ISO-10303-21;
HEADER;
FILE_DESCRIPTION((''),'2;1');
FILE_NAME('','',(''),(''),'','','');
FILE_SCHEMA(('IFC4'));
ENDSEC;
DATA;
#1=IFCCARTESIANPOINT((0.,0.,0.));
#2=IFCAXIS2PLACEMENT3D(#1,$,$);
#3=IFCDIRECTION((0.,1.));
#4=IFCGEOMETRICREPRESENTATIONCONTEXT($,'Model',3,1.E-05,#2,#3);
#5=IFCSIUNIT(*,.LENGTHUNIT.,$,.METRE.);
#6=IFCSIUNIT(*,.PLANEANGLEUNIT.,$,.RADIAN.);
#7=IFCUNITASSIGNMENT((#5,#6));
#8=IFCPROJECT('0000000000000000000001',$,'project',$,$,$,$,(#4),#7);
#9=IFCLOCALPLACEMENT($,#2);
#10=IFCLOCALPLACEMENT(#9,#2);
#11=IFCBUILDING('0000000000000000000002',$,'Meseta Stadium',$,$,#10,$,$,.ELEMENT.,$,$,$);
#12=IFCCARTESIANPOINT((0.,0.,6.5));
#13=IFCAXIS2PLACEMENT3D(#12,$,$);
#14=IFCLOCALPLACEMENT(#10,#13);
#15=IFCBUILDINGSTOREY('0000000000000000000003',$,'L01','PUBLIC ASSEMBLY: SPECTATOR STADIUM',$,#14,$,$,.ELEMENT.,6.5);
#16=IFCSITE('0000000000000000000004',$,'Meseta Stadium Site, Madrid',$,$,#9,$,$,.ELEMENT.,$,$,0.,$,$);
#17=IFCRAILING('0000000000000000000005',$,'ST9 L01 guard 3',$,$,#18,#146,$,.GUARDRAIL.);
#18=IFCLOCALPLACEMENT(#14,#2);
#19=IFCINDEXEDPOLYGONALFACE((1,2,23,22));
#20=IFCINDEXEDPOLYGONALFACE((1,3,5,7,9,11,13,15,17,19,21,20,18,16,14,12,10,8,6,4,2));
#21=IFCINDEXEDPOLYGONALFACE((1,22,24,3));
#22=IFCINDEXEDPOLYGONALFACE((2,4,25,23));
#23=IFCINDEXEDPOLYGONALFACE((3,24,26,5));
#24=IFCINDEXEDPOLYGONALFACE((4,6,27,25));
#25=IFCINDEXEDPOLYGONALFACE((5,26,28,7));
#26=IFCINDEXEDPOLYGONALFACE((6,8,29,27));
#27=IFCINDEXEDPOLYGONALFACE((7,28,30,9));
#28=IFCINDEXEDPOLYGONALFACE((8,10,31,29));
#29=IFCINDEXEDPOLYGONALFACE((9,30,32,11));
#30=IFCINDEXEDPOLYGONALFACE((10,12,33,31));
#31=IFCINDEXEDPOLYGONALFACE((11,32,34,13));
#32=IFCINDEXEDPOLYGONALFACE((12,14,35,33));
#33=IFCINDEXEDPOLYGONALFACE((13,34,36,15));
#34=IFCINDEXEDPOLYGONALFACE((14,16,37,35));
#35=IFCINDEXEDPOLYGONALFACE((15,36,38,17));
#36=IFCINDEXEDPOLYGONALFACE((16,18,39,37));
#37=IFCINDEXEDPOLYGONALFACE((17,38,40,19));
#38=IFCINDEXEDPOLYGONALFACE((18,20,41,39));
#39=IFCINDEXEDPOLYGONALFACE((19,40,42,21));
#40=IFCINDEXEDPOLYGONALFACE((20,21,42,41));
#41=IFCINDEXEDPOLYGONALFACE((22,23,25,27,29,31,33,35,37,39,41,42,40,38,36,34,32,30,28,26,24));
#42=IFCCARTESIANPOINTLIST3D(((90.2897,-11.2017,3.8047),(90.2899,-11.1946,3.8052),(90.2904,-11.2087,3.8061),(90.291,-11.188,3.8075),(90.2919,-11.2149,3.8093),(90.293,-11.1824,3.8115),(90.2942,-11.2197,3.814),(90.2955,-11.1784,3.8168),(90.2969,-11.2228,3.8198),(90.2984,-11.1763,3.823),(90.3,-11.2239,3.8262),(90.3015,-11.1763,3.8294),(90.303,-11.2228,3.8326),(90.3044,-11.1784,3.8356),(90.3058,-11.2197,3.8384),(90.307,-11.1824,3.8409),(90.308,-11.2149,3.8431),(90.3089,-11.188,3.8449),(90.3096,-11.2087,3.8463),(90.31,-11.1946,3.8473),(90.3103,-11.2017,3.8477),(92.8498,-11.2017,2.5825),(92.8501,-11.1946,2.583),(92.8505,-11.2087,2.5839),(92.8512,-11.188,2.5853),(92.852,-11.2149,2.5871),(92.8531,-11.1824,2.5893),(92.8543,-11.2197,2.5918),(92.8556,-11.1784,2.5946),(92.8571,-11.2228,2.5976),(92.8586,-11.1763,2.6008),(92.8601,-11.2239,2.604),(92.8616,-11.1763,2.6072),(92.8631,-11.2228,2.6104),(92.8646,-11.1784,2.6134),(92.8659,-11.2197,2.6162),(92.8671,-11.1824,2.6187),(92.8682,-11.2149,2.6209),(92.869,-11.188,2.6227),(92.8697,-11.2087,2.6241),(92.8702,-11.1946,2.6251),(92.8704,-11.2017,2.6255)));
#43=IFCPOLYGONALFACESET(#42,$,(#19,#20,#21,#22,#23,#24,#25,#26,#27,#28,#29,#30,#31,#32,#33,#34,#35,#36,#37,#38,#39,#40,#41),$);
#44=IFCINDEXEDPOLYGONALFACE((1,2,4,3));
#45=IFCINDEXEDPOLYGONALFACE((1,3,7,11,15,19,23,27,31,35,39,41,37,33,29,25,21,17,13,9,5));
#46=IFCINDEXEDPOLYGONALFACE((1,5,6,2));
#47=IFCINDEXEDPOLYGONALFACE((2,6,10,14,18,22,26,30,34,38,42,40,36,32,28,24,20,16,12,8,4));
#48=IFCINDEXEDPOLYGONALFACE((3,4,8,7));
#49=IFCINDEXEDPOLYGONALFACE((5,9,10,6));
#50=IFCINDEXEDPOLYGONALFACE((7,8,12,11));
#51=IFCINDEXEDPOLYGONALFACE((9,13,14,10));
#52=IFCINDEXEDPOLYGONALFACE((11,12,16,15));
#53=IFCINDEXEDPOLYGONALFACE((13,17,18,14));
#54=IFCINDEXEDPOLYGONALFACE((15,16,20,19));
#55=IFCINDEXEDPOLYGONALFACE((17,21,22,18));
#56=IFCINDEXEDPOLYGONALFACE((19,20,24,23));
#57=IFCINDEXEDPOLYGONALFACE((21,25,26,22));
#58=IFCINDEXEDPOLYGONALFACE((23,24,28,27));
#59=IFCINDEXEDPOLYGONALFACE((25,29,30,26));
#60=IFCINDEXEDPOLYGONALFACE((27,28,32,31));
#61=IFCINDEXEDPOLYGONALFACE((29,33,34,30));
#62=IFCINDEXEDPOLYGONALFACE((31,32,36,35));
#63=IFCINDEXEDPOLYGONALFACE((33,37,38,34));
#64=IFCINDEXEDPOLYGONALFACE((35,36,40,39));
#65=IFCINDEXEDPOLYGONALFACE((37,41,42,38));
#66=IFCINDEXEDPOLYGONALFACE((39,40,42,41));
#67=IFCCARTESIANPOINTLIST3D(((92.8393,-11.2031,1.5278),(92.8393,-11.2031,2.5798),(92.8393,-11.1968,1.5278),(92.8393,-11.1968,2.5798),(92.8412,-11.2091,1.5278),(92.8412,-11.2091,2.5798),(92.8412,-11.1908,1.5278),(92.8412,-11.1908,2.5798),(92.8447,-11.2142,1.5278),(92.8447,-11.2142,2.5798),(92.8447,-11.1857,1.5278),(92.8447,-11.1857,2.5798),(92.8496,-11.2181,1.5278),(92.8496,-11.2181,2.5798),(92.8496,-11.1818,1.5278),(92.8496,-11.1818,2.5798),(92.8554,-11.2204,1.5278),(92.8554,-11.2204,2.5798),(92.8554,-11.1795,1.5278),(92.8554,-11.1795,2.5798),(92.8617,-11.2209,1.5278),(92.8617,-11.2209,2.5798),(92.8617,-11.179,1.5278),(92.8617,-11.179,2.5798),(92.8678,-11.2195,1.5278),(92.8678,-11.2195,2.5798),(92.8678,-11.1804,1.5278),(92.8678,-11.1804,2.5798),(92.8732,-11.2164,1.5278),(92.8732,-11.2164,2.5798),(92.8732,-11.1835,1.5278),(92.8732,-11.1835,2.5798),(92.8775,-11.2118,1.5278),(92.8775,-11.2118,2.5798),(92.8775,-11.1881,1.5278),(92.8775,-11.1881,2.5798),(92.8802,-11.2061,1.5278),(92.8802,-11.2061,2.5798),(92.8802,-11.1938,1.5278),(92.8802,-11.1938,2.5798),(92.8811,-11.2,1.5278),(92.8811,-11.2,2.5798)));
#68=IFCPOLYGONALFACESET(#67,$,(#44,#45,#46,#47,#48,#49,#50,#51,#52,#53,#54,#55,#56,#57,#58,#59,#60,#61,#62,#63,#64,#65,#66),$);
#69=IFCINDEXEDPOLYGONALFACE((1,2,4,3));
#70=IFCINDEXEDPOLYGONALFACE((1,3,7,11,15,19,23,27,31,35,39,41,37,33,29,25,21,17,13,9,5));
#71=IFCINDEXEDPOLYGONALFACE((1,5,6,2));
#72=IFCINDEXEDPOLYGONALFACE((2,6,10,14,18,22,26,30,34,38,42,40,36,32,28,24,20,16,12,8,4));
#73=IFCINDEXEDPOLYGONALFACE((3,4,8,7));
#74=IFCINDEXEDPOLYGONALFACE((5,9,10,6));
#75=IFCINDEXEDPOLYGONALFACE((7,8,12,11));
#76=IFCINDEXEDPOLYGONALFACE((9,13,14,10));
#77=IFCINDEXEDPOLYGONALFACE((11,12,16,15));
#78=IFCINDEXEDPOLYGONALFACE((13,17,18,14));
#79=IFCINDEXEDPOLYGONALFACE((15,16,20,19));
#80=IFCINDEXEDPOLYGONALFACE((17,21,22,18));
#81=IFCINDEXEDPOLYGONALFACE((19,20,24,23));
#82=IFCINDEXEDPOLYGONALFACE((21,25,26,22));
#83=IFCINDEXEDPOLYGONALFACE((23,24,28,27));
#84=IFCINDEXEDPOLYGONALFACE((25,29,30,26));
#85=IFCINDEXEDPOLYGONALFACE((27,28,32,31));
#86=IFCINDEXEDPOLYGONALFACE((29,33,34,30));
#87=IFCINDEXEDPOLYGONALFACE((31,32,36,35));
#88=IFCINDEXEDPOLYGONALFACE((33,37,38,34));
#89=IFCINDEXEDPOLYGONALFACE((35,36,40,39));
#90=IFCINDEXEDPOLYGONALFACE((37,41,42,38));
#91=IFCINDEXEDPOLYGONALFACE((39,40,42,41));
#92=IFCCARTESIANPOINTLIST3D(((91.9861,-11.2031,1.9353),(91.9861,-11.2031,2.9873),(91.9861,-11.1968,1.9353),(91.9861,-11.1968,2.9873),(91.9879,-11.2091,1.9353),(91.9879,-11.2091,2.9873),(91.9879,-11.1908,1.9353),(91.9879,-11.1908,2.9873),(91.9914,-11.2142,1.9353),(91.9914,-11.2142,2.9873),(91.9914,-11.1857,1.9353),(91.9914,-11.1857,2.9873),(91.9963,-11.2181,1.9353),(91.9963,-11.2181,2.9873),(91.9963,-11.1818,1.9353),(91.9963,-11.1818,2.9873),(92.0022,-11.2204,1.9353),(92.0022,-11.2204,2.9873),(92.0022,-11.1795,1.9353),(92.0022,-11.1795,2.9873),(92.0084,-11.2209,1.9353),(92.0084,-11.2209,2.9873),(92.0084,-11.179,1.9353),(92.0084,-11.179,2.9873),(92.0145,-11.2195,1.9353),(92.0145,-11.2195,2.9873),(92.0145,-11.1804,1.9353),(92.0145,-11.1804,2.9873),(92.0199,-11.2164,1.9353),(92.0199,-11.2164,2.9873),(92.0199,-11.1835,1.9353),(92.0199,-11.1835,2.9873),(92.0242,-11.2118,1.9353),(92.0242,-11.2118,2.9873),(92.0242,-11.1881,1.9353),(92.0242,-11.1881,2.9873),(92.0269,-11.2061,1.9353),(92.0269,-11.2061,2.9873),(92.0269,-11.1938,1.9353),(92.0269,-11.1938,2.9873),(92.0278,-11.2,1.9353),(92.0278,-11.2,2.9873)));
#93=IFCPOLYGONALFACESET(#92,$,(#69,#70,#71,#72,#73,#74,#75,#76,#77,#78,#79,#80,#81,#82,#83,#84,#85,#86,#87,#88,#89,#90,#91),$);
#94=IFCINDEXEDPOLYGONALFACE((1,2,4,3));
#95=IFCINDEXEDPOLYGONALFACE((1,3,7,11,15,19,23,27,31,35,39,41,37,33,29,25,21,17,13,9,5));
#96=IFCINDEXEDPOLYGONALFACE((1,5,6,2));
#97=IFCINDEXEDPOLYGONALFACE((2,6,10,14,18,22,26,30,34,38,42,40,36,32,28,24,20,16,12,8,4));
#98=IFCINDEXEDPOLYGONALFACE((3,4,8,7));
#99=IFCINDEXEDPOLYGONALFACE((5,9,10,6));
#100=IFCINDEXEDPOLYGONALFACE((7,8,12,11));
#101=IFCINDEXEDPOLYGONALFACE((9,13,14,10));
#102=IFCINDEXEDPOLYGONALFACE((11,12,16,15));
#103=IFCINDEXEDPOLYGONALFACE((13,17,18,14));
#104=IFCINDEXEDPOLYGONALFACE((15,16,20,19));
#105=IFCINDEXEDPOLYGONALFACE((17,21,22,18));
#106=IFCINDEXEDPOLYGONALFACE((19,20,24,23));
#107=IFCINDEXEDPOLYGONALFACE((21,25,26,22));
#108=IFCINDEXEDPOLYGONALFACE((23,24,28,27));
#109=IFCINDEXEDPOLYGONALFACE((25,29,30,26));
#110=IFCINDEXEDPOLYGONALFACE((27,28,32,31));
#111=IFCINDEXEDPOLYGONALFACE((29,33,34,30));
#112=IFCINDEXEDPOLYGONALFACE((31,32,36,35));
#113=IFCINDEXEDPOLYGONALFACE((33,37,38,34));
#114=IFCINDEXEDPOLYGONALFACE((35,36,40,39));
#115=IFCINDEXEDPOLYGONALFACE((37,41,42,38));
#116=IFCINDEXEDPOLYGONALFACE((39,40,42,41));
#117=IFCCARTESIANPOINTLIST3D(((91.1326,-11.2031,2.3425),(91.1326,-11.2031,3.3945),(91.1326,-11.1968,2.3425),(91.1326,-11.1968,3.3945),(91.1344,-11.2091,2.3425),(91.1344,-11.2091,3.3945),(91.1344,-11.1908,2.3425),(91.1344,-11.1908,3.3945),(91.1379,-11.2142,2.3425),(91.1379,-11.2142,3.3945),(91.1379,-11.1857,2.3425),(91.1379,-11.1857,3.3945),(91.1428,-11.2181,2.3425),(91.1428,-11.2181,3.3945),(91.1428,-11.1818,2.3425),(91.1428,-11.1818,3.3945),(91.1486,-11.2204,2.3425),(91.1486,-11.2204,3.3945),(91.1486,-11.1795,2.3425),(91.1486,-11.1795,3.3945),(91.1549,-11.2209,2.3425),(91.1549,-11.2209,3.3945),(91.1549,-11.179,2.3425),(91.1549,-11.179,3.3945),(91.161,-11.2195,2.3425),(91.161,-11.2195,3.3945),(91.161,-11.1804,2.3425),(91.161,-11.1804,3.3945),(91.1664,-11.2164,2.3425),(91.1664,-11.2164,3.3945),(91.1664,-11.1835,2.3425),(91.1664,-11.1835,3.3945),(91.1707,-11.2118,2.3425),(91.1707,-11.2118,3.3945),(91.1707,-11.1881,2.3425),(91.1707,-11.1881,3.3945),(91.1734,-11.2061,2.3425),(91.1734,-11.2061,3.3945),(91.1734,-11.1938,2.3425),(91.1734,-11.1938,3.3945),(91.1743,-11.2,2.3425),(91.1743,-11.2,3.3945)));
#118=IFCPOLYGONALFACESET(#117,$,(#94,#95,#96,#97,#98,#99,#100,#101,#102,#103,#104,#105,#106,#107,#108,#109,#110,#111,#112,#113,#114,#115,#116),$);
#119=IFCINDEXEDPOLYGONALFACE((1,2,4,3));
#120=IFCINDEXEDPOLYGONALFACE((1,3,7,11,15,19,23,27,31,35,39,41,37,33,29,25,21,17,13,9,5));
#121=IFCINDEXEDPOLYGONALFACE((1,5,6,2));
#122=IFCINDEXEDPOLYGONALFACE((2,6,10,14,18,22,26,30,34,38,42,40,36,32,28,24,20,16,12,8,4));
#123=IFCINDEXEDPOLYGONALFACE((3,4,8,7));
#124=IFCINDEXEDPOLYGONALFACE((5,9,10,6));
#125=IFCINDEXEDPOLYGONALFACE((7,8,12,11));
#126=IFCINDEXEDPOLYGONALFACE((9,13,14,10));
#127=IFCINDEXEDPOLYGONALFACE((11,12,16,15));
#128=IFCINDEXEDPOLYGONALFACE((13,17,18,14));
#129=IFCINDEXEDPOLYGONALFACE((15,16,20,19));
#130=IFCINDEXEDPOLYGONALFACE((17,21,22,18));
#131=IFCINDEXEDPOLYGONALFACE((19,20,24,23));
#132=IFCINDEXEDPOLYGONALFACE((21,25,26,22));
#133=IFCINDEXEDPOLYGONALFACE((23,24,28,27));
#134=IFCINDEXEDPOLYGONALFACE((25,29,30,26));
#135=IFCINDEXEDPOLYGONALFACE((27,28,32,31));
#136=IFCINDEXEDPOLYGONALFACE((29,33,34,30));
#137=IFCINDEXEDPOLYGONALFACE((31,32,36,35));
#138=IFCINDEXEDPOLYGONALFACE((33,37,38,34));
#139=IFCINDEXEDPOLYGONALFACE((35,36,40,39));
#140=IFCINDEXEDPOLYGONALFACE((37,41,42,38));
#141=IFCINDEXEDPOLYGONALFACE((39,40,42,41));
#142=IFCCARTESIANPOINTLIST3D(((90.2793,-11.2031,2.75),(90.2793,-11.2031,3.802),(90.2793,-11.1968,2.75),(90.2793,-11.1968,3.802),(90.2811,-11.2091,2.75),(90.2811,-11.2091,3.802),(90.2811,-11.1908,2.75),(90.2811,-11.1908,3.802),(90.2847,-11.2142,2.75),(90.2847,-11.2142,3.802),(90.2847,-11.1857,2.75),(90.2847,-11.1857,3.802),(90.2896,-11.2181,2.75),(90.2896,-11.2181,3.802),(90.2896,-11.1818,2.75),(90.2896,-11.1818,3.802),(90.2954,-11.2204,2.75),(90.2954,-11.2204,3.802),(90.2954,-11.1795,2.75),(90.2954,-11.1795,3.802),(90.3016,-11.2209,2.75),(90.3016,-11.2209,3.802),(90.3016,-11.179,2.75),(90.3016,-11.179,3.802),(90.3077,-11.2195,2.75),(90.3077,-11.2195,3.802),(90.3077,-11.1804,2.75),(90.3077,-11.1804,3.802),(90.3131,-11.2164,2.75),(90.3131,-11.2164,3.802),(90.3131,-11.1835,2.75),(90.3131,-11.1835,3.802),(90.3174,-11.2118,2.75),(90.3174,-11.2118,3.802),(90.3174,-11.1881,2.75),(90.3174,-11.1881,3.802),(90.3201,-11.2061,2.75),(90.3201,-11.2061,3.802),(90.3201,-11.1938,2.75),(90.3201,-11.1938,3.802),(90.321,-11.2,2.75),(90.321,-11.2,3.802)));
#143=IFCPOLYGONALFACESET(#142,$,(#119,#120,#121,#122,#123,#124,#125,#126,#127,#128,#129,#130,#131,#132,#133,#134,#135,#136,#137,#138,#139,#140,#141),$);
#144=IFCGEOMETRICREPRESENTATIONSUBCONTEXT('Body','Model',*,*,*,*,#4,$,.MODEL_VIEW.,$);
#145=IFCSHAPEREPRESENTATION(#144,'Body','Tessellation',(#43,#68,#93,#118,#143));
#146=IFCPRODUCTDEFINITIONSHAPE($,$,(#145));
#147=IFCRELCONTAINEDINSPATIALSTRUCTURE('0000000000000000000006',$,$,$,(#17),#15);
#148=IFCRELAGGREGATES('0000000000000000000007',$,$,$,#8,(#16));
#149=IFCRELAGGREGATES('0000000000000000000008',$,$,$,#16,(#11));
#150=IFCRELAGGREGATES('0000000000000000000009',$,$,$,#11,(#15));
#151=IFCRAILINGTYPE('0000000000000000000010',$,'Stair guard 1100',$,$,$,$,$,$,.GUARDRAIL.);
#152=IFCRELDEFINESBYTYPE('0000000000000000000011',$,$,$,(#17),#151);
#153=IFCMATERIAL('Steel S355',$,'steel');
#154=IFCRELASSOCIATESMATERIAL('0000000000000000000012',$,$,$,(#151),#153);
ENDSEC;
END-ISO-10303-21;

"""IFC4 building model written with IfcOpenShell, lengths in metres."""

from ifc_helpers import new_model, si_unit, direction, frame, origin, origin_2d, place, context, subcontext, project, spatial, circle, extrude, material, type_object, element, save


model = new_model("IFC4")

# Units and contexts
model_context = context("Model", 3, precision=1e-05, world=origin(), true_north=direction((0.0, 1.0)))
body_context = subcontext(model_context, "Body", "Model", "MODEL_VIEW")
ifc_project = project(units=[si_unit("LENGTHUNIT", "METRE"), si_unit("PLANEANGLEUNIT", "RADIAN")], contexts=[model_context])

# Site, building, storey
site_placement = place(None, origin())
site = spatial("IfcSite", under=ifc_project, at=site_placement, Name="Meseta Stadium Site, Madrid", CompositionType="ELEMENT", RefElevation=0.0)
building_placement = place(site_placement, origin())
building = spatial("IfcBuilding", under=site, at=building_placement, Name="Meseta Stadium", CompositionType="ELEMENT")
storey_placement = place(building_placement, frame((0.0, 0.0, 6.5)))
storey = spatial("IfcBuildingStorey", under=building, at=storey_placement, Name="L01", Description="PUBLIC ASSEMBLY: SPECTATOR STADIUM", CompositionType="ELEMENT", Elevation=6.5)

# Railing
ifc_material_1 = material(Name="Steel S355", Category="steel")
railing_type_1 = type_object("IfcRailingType", Name="Stair guard 1100", PredefinedType="GUARDRAIL", material=ifc_material_1)
railing_1_placement = place(storey_placement, frame((92.8601, -11.2, 1.5278)))
element("IfcRailing", 1, at=railing_1_placement, inside=storey, type_object=railing_type_1, Name="ST9 L01 guard 3", PredefinedType="GUARDRAIL", context=body_context, shape_type="SweptSolid", body=[
    extrude(circle(Radius=0.0239, at=origin_2d()), frame((0.0, 0.0, 1.0762), z_axis=(-0.902437, 0.0, 0.430822), x_axis=(0.0, -1.0, 0.0)), (0.0, 0.0, 1.0), 2.8369),
    extrude(circle(Radius=0.021, at=origin_2d()), origin(), (0.0, 0.0, 1.0), 1.052),
    extrude(circle(Radius=0.021, at=origin_2d()), frame((-0.8533, 0.0, 0.4075)), (0.0, 0.0, 1.0), 1.052),
    extrude(circle(Radius=0.021, at=origin_2d()), frame((-1.7068, 0.0, 0.8147)), (0.0, 0.0, 1.0), 1.052),
    extrude(circle(Radius=0.021, at=origin_2d()), frame((-2.5601, 0.0, 1.2222)), (0.0, 0.0, 1.0), 1.052),
])

save(model, "model.ifc")
